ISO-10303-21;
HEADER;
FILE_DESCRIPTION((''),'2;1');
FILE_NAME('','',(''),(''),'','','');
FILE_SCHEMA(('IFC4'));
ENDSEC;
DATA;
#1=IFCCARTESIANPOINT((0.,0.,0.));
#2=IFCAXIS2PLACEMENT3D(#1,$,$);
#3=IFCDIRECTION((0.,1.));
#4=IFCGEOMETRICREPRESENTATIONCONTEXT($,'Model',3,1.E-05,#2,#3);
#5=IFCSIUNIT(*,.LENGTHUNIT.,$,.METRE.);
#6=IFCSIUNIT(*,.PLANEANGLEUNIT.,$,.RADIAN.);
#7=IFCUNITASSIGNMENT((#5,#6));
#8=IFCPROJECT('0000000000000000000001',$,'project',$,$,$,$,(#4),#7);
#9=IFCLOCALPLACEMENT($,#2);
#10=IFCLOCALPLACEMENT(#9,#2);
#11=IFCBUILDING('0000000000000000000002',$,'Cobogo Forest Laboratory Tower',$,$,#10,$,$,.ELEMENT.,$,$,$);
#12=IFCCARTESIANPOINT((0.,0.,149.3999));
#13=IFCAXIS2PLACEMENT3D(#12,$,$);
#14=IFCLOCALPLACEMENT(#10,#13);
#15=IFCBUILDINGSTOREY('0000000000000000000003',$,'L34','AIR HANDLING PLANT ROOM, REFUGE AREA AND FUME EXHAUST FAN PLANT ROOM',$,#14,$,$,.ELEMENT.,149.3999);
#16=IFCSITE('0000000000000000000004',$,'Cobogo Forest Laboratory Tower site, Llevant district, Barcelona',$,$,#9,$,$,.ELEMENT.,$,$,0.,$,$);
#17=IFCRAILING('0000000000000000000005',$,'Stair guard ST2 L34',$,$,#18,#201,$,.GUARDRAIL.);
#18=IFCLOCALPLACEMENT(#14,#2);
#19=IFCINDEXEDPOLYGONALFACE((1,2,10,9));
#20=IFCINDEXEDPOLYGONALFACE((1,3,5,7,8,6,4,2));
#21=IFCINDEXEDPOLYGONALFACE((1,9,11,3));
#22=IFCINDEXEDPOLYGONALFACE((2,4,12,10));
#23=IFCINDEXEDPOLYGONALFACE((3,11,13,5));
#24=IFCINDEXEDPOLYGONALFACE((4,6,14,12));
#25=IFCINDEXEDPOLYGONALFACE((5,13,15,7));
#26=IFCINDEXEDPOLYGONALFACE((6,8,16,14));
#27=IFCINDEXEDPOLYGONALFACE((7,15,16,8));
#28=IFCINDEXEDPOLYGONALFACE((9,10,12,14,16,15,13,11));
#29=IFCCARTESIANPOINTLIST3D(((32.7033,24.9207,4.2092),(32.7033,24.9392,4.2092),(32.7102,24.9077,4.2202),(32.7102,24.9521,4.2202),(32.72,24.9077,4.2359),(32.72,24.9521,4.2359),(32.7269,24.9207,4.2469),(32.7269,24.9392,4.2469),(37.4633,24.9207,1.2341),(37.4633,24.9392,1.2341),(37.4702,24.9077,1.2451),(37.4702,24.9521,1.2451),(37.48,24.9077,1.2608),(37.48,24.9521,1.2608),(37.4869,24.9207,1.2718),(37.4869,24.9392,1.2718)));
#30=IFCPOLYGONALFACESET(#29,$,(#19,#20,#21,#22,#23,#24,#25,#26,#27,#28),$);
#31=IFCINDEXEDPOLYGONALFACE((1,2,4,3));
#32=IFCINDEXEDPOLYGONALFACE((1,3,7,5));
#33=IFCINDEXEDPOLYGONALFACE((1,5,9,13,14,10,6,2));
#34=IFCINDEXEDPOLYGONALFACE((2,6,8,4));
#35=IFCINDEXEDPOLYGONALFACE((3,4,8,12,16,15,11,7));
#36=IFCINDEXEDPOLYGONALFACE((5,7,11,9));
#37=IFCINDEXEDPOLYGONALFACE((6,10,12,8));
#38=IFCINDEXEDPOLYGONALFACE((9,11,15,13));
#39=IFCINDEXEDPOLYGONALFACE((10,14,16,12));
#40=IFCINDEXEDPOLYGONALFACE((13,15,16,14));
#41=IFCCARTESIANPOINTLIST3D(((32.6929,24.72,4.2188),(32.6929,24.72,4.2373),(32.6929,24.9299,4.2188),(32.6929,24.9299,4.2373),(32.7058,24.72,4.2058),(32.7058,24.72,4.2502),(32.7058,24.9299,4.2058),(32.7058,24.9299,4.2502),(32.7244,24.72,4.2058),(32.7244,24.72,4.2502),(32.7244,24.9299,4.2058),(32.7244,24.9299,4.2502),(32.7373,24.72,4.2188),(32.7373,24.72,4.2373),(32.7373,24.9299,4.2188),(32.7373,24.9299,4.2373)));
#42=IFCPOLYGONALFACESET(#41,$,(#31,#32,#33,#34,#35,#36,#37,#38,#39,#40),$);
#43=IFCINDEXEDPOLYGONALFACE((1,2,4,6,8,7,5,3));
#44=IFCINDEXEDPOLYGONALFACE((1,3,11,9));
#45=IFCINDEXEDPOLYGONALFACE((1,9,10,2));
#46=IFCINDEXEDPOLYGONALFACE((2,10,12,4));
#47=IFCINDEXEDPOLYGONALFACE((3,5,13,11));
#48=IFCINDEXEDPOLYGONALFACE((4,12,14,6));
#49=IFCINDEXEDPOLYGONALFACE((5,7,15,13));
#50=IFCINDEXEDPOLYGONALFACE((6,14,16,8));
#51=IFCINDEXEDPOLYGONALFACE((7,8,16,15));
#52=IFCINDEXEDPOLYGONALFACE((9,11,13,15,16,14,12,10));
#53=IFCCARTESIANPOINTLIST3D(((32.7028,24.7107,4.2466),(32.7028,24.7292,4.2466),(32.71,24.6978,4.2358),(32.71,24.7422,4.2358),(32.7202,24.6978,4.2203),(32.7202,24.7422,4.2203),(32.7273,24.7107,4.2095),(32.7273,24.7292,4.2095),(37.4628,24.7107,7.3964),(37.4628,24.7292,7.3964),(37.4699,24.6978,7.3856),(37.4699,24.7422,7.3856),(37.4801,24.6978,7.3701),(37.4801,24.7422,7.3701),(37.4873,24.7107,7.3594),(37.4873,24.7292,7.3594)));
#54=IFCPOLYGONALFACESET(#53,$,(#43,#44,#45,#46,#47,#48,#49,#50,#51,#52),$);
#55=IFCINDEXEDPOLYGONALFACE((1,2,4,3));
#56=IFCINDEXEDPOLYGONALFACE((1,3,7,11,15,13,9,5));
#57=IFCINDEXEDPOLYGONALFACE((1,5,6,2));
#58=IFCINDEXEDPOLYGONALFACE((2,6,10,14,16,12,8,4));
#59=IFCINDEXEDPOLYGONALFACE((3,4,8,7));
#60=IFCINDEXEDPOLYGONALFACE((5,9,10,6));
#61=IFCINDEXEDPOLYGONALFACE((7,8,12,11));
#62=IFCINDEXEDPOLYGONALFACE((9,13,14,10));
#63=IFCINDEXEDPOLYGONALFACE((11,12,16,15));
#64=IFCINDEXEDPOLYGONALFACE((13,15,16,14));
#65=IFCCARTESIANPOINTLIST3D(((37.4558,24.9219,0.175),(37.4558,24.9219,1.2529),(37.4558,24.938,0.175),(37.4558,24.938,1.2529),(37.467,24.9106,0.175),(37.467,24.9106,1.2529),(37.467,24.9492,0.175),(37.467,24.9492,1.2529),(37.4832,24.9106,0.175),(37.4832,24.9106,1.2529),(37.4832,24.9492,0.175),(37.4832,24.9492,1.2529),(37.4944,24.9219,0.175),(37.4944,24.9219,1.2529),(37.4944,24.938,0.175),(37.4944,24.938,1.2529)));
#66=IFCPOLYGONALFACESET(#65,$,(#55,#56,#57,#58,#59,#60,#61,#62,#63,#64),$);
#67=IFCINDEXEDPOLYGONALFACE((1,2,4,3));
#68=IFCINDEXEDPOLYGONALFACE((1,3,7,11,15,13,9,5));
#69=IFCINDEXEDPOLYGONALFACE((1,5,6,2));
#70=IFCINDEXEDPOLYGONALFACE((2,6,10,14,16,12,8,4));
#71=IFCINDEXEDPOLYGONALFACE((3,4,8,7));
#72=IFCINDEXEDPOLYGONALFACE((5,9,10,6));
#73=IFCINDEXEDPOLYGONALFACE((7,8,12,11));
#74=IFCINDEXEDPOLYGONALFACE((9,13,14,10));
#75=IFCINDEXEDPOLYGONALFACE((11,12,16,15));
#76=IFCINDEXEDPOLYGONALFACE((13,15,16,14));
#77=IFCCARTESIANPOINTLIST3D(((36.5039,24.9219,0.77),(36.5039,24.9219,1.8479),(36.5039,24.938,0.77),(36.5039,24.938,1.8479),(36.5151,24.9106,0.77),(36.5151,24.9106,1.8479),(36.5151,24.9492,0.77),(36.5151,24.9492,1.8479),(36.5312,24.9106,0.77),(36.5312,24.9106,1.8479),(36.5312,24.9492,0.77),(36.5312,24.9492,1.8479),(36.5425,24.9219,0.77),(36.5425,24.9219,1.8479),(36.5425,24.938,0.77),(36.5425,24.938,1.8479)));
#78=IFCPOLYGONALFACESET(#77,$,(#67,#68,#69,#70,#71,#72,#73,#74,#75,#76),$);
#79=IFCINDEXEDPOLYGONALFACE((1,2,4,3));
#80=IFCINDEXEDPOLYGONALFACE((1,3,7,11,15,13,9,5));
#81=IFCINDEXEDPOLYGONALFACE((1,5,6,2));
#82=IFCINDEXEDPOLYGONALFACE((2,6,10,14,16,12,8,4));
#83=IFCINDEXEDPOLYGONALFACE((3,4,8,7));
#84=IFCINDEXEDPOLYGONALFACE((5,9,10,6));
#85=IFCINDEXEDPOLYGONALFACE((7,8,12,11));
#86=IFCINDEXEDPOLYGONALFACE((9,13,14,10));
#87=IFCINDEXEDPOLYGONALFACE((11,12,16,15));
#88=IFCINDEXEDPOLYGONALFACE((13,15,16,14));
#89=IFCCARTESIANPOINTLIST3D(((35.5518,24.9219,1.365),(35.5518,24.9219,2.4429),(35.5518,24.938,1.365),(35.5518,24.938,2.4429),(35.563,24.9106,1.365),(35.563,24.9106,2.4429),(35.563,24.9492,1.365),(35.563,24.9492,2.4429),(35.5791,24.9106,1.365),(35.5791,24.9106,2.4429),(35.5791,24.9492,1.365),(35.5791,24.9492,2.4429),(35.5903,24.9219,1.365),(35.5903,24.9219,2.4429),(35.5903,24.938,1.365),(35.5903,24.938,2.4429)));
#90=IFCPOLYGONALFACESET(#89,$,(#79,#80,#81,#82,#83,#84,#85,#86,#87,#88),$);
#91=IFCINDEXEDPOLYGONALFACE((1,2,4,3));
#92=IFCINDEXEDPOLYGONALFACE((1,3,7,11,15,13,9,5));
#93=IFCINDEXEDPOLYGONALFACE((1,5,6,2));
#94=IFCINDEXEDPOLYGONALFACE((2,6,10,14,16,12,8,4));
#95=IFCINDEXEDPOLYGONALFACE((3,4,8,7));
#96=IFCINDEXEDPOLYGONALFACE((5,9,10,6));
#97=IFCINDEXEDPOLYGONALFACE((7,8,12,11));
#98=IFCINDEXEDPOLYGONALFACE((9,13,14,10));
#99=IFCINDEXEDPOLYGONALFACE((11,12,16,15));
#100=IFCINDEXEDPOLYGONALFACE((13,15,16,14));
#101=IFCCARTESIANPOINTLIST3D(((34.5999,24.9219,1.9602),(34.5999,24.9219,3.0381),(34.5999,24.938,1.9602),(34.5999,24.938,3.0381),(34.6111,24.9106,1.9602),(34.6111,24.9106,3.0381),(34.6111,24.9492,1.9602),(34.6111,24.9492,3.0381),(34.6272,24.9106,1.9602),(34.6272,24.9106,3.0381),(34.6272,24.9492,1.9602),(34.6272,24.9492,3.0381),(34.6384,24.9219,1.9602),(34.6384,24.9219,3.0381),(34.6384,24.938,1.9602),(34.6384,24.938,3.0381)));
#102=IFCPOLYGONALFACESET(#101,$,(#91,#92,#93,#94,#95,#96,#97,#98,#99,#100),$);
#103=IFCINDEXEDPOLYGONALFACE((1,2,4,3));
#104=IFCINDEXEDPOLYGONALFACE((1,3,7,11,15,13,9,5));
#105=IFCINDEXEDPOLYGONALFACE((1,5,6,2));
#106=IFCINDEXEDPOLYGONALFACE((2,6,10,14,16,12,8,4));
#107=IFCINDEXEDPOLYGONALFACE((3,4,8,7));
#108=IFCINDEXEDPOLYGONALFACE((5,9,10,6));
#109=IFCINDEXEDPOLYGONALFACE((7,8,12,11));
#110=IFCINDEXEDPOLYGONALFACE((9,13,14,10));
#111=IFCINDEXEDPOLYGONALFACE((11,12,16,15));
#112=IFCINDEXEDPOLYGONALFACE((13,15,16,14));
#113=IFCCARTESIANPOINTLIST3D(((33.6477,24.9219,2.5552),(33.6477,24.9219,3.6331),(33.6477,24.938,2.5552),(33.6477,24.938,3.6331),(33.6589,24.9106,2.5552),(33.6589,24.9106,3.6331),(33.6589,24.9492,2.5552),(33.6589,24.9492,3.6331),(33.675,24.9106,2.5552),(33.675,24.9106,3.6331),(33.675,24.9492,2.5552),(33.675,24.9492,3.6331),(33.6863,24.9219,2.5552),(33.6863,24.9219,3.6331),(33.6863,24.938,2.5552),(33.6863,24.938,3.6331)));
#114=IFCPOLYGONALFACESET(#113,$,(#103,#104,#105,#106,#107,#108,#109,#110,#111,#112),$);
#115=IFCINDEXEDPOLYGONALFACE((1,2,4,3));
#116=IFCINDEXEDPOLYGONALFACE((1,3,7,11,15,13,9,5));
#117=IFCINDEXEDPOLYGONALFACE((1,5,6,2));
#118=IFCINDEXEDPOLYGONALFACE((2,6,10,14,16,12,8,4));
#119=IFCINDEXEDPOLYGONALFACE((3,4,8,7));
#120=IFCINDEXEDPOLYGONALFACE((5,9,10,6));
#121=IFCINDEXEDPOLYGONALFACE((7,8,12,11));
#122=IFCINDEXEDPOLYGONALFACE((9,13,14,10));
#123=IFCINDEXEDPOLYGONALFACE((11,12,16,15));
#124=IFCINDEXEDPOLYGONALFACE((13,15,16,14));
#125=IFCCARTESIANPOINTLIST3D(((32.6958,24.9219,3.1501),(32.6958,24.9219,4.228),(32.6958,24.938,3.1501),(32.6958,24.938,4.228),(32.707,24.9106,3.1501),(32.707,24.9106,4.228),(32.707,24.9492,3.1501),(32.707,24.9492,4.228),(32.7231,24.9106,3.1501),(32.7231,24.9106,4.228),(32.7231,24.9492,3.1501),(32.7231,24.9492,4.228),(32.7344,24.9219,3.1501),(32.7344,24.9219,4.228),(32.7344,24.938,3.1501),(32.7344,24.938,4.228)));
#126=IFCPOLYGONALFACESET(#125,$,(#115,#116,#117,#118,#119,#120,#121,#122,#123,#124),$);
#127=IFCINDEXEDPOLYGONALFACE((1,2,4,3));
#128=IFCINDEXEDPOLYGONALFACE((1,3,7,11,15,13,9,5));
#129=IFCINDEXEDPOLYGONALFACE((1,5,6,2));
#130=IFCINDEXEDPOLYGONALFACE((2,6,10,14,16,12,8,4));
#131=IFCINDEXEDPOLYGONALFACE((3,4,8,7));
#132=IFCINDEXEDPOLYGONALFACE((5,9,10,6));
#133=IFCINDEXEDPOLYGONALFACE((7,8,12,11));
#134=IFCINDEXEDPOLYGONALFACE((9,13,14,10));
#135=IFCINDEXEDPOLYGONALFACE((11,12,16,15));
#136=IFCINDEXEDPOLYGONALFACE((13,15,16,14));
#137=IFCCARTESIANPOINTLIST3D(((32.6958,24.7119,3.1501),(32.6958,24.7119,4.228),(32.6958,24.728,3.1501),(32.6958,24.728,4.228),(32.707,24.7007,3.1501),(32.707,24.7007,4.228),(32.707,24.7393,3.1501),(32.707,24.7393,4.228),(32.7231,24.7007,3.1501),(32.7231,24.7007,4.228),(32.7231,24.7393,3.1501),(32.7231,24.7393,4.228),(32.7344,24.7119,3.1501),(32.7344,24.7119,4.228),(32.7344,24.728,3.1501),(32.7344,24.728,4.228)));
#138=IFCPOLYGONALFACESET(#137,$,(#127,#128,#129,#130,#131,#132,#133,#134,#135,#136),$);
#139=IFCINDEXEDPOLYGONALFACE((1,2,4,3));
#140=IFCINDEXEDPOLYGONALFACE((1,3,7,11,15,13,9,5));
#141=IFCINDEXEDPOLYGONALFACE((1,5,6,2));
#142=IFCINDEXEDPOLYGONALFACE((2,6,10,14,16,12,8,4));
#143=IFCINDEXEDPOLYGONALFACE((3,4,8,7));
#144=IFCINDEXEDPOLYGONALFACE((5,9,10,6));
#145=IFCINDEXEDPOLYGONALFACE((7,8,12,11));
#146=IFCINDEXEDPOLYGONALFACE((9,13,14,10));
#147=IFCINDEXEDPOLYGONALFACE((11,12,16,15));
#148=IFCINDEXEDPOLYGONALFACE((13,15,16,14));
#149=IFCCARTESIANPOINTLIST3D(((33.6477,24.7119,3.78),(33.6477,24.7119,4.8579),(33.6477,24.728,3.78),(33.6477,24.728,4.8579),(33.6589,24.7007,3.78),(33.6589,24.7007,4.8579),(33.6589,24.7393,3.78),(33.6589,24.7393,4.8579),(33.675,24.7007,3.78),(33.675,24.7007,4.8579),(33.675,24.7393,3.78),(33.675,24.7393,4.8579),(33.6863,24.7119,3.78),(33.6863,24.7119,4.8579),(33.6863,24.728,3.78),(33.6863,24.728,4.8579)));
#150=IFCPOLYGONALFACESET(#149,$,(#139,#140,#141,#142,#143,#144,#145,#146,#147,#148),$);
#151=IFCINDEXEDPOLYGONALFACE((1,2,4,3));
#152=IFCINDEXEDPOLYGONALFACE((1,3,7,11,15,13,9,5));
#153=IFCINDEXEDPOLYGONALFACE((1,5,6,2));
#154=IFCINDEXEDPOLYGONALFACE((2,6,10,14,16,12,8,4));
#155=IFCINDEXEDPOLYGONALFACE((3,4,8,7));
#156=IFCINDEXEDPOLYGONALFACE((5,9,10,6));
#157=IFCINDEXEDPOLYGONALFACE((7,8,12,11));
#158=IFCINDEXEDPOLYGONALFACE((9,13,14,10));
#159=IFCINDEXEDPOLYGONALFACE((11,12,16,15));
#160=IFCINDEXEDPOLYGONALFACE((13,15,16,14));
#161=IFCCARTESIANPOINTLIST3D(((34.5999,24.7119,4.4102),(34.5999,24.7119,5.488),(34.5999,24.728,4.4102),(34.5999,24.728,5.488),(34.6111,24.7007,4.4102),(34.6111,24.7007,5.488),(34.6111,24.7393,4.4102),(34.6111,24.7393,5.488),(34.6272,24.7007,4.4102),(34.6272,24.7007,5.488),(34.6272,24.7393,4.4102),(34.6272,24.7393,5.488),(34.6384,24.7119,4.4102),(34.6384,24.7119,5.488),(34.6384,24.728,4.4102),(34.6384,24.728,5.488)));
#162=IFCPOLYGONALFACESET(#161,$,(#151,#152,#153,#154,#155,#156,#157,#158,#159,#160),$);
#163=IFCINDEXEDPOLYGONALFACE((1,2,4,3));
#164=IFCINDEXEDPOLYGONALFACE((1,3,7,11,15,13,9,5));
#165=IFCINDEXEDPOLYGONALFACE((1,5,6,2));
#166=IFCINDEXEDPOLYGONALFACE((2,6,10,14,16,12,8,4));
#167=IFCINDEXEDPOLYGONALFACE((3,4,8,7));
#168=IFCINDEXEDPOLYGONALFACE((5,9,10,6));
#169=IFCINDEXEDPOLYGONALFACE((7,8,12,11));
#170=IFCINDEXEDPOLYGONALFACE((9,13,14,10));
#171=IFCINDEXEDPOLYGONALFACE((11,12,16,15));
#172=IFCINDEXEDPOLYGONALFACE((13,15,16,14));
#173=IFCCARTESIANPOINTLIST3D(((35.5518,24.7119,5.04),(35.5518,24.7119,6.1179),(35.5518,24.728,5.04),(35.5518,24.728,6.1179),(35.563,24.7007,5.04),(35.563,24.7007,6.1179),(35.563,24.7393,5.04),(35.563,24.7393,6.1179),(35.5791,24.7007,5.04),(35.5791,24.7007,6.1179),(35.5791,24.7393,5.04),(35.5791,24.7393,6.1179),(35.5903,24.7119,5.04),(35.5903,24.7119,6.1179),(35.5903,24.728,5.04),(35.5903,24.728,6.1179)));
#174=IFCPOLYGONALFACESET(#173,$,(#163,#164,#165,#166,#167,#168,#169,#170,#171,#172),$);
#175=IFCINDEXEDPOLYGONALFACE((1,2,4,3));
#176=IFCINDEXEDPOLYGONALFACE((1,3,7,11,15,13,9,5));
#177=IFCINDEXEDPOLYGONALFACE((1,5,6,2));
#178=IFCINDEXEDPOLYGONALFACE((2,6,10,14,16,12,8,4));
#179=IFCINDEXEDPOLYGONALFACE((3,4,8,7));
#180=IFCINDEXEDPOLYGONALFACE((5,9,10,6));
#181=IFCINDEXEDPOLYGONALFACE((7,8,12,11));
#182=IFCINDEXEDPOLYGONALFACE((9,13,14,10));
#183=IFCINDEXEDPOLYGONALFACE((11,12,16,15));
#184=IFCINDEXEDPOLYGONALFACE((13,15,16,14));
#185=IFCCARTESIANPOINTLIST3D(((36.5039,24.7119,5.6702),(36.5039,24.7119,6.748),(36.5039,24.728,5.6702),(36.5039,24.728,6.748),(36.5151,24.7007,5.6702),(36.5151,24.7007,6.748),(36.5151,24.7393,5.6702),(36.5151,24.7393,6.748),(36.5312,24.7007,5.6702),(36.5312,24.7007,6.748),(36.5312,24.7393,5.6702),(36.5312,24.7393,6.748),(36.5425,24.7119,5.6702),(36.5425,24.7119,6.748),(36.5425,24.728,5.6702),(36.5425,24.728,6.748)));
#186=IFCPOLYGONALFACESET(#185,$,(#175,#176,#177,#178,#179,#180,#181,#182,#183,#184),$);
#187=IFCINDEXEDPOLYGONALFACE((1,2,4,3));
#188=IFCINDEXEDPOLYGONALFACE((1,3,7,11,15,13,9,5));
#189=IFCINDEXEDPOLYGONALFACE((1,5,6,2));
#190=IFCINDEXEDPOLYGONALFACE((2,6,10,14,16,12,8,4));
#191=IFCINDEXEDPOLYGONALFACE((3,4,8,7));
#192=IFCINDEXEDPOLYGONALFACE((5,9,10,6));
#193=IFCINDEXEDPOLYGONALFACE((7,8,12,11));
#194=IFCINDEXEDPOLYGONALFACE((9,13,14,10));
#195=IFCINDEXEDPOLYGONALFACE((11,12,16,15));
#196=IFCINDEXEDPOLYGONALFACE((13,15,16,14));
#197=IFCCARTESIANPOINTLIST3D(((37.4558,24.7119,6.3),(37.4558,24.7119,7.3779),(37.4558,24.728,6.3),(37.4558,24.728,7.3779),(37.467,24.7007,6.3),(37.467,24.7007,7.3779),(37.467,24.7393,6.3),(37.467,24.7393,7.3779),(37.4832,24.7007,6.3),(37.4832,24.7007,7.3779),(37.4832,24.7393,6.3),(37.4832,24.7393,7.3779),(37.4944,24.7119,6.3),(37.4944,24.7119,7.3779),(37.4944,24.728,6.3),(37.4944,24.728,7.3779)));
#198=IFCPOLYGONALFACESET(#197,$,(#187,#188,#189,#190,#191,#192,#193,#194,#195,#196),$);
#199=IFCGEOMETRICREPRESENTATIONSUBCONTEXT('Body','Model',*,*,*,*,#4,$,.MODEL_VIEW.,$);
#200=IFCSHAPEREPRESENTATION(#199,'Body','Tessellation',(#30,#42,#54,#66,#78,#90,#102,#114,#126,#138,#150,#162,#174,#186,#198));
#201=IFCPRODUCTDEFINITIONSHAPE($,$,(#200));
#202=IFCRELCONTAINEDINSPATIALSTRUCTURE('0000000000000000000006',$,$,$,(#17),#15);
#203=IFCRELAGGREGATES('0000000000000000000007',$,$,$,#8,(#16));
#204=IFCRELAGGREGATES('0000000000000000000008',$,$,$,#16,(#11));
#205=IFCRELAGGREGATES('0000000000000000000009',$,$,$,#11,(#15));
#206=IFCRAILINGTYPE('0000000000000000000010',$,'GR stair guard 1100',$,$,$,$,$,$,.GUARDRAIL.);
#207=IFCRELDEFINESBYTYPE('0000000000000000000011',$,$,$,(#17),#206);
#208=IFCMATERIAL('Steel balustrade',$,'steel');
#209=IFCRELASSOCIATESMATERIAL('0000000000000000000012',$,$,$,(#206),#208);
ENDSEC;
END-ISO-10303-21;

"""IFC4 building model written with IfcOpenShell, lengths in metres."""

from ifc_helpers import new_model, si_unit, direction, frame, origin, place, context, subcontext, project, spatial, polyline, outline, extrude, material, type_object, element, save


model = new_model("IFC4")

# Units and contexts
model_context = context("Model", 3, precision=1e-05, world=origin(), true_north=direction((0.0, 1.0)))
body_context = subcontext(model_context, "Body", "Model", "MODEL_VIEW")
ifc_project = project(units=[si_unit("LENGTHUNIT", "METRE"), si_unit("PLANEANGLEUNIT", "RADIAN")], contexts=[model_context])

# Site, building, storey
site_placement = place(None, origin())
site = spatial("IfcSite", under=ifc_project, at=site_placement, Name="Cobogo Forest Laboratory Tower site, Llevant district, Barcelona", CompositionType="ELEMENT", RefElevation=0.0)
building_placement = place(site_placement, origin())
building = spatial("IfcBuilding", under=site, at=building_placement, Name="Cobogo Forest Laboratory Tower", CompositionType="ELEMENT")
storey_placement = place(building_placement, frame((0.0, 0.0, 149.3999)))
storey = spatial("IfcBuildingStorey", under=building, at=storey_placement, Name="L34", Description="AIR HANDLING PLANT ROOM, REFUGE AREA AND FUME EXHAUST FAN PLANT ROOM", CompositionType="ELEMENT", Elevation=149.3999)

# Railing
ifc_material_1 = material(Name="Steel balustrade", Category="steel")
railing_type_1 = type_object("IfcRailingType", Name="GR stair guard 1100", PredefinedType="GUARDRAIL", material=ifc_material_1)
railing_1_placement = place(storey_placement, frame((37.4751, 24.9299, 0.175)))
element("IfcRailing", 1, at=railing_1_placement, inside=storey, type_object=railing_type_1, Name="Stair guard ST2 L34", PredefinedType="GUARDRAIL", context=body_context, shape_type="SweptSolid", body=[
    extrude(outline(polyline([(0.0222, 0.0093), (0.0093, 0.0222), (-0.0093, 0.0222), (-0.0222, 0.0093), (-0.0222, -0.0093), (-0.0093, -0.0222), (0.0093, -0.0222), (0.0222, -0.0093), (0.0222, 0.0093)])), frame((0.0, 0.0, 1.0779), z_axis=(-0.847991, 0.0, 0.530011), x_axis=(0.0, -1.0, 0.0)), (0.0, 0.0, 1.0), 5.6133),
    extrude(outline(polyline([(0.0222, 0.0093), (0.0093, 0.0222), (-0.0093, 0.0222), (-0.0222, 0.0093), (-0.0222, -0.0093), (-0.0093, -0.0222), (0.0093, -0.0222), (0.0222, -0.0093), (0.0222, 0.0093)])), frame((-4.76, 0.0, 4.053), z_axis=(0.0, -1.0, 0.0), x_axis=(1.0, 0.0, 0.0)), (0.0, 0.0, 1.0), 0.21),
    extrude(outline(polyline([(0.0222, 0.0093), (0.0093, 0.0222), (-0.0093, 0.0222), (-0.0222, 0.0093), (-0.0222, -0.0093), (-0.0093, -0.0222), (0.0093, -0.0222), (0.0222, -0.0093), (0.0222, 0.0093)])), frame((-4.76, -0.21, 4.053), z_axis=(0.833941, 0.0, 0.551854), x_axis=(0.0, 1.0, 0.0)), (0.0, 0.0, 1.0), 5.7078),
    extrude(outline(polyline([(0.0193, 0.0081), (0.0081, 0.0193), (-0.0081, 0.0193), (-0.0193, 0.0081), (-0.0193, -0.0081), (-0.0081, -0.0193), (0.0081, -0.0193), (0.0193, -0.0081), (0.0193, 0.0081)])), origin(), (0.0, 0.0, 1.0), 1.0779),
    extrude(outline(polyline([(0.0193, 0.0081), (0.0081, 0.0193), (-0.0081, 0.0193), (-0.0193, 0.0081), (-0.0193, -0.0081), (-0.0081, -0.0193), (0.0081, -0.0193), (0.0193, -0.0081), (0.0193, 0.0081)])), frame((-0.9519, 0.0, 0.595)), (0.0, 0.0, 1.0), 1.0779),
    extrude(outline(polyline([(0.0193, 0.0081), (0.0081, 0.0193), (-0.0081, 0.0193), (-0.0193, 0.0081), (-0.0193, -0.0081), (-0.0081, -0.0193), (0.0081, -0.0193), (0.0193, -0.0081), (0.0193, 0.0081)])), frame((-1.9041, 0.0, 1.1899)), (0.0, 0.0, 1.0), 1.0779),
    extrude(outline(polyline([(0.0193, 0.0081), (0.0081, 0.0193), (-0.0081, 0.0193), (-0.0193, 0.0081), (-0.0193, -0.0081), (-0.0081, -0.0193), (0.0081, -0.0193), (0.0193, -0.0081), (0.0193, 0.0081)])), frame((-2.856, 0.0, 1.7852)), (0.0, 0.0, 1.0), 1.0779),
    extrude(outline(polyline([(0.0193, 0.0081), (0.0081, 0.0193), (-0.0081, 0.0193), (-0.0193, 0.0081), (-0.0193, -0.0081), (-0.0081, -0.0193), (0.0081, -0.0193), (0.0193, -0.0081), (0.0193, 0.0081)])), frame((-3.8081, 0.0, 2.3801)), (0.0, 0.0, 1.0), 1.0779),
    extrude(outline(polyline([(0.0193, 0.0081), (0.0081, 0.0193), (-0.0081, 0.0193), (-0.0193, 0.0081), (-0.0193, -0.0081), (-0.0081, -0.0193), (0.0081, -0.0193), (0.0193, -0.0081), (0.0193, 0.0081)])), frame((-4.76, 0.0, 2.9751)), (0.0, 0.0, 1.0), 1.0779),
    extrude(outline(polyline([(0.0193, 0.0081), (0.0081, 0.0193), (-0.0081, 0.0193), (-0.0193, 0.0081), (-0.0193, -0.0081), (-0.0081, -0.0193), (0.0081, -0.0193), (0.0193, -0.0081), (0.0193, 0.0081)])), frame((-4.76, -0.21, 2.9751)), (0.0, 0.0, 1.0), 1.0779),
    extrude(outline(polyline([(0.0193, 0.0081), (0.0081, 0.0193), (-0.0081, 0.0193), (-0.0193, 0.0081), (-0.0193, -0.0081), (-0.0081, -0.0193), (0.0081, -0.0193), (0.0193, -0.0081), (0.0193, 0.0081)])), frame((-3.8081, -0.21, 3.605)), (0.0, 0.0, 1.0), 1.0779),
    extrude(outline(polyline([(0.0193, 0.0081), (0.0081, 0.0193), (-0.0081, 0.0193), (-0.0193, 0.0081), (-0.0193, -0.0081), (-0.0081, -0.0193), (0.0081, -0.0193), (0.0193, -0.0081), (0.0193, 0.0081)])), frame((-2.856, -0.21, 4.2351)), (0.0, 0.0, 1.0), 1.0779),
    extrude(outline(polyline([(0.0193, 0.0081), (0.0081, 0.0193), (-0.0081, 0.0193), (-0.0193, 0.0081), (-0.0193, -0.0081), (-0.0081, -0.0193), (0.0081, -0.0193), (0.0193, -0.0081), (0.0193, 0.0081)])), frame((-1.9041, -0.21, 4.865)), (0.0, 0.0, 1.0), 1.0779),
    extrude(outline(polyline([(0.0193, 0.0081), (0.0081, 0.0193), (-0.0081, 0.0193), (-0.0193, 0.0081), (-0.0193, -0.0081), (-0.0081, -0.0193), (0.0081, -0.0193), (0.0193, -0.0081), (0.0193, 0.0081)])), frame((-0.9519, -0.21, 5.4951)), (0.0, 0.0, 1.0), 1.0779),
    extrude(outline(polyline([(0.0193, 0.0081), (0.0081, 0.0193), (-0.0081, 0.0193), (-0.0193, 0.0081), (-0.0193, -0.0081), (-0.0081, -0.0193), (0.0081, -0.0193), (0.0193, -0.0081), (0.0193, 0.0081)])), frame((0.0, -0.21, 6.125)), (0.0, 0.0, 1.0), 1.0779),
])

save(model, "model.ifc")
